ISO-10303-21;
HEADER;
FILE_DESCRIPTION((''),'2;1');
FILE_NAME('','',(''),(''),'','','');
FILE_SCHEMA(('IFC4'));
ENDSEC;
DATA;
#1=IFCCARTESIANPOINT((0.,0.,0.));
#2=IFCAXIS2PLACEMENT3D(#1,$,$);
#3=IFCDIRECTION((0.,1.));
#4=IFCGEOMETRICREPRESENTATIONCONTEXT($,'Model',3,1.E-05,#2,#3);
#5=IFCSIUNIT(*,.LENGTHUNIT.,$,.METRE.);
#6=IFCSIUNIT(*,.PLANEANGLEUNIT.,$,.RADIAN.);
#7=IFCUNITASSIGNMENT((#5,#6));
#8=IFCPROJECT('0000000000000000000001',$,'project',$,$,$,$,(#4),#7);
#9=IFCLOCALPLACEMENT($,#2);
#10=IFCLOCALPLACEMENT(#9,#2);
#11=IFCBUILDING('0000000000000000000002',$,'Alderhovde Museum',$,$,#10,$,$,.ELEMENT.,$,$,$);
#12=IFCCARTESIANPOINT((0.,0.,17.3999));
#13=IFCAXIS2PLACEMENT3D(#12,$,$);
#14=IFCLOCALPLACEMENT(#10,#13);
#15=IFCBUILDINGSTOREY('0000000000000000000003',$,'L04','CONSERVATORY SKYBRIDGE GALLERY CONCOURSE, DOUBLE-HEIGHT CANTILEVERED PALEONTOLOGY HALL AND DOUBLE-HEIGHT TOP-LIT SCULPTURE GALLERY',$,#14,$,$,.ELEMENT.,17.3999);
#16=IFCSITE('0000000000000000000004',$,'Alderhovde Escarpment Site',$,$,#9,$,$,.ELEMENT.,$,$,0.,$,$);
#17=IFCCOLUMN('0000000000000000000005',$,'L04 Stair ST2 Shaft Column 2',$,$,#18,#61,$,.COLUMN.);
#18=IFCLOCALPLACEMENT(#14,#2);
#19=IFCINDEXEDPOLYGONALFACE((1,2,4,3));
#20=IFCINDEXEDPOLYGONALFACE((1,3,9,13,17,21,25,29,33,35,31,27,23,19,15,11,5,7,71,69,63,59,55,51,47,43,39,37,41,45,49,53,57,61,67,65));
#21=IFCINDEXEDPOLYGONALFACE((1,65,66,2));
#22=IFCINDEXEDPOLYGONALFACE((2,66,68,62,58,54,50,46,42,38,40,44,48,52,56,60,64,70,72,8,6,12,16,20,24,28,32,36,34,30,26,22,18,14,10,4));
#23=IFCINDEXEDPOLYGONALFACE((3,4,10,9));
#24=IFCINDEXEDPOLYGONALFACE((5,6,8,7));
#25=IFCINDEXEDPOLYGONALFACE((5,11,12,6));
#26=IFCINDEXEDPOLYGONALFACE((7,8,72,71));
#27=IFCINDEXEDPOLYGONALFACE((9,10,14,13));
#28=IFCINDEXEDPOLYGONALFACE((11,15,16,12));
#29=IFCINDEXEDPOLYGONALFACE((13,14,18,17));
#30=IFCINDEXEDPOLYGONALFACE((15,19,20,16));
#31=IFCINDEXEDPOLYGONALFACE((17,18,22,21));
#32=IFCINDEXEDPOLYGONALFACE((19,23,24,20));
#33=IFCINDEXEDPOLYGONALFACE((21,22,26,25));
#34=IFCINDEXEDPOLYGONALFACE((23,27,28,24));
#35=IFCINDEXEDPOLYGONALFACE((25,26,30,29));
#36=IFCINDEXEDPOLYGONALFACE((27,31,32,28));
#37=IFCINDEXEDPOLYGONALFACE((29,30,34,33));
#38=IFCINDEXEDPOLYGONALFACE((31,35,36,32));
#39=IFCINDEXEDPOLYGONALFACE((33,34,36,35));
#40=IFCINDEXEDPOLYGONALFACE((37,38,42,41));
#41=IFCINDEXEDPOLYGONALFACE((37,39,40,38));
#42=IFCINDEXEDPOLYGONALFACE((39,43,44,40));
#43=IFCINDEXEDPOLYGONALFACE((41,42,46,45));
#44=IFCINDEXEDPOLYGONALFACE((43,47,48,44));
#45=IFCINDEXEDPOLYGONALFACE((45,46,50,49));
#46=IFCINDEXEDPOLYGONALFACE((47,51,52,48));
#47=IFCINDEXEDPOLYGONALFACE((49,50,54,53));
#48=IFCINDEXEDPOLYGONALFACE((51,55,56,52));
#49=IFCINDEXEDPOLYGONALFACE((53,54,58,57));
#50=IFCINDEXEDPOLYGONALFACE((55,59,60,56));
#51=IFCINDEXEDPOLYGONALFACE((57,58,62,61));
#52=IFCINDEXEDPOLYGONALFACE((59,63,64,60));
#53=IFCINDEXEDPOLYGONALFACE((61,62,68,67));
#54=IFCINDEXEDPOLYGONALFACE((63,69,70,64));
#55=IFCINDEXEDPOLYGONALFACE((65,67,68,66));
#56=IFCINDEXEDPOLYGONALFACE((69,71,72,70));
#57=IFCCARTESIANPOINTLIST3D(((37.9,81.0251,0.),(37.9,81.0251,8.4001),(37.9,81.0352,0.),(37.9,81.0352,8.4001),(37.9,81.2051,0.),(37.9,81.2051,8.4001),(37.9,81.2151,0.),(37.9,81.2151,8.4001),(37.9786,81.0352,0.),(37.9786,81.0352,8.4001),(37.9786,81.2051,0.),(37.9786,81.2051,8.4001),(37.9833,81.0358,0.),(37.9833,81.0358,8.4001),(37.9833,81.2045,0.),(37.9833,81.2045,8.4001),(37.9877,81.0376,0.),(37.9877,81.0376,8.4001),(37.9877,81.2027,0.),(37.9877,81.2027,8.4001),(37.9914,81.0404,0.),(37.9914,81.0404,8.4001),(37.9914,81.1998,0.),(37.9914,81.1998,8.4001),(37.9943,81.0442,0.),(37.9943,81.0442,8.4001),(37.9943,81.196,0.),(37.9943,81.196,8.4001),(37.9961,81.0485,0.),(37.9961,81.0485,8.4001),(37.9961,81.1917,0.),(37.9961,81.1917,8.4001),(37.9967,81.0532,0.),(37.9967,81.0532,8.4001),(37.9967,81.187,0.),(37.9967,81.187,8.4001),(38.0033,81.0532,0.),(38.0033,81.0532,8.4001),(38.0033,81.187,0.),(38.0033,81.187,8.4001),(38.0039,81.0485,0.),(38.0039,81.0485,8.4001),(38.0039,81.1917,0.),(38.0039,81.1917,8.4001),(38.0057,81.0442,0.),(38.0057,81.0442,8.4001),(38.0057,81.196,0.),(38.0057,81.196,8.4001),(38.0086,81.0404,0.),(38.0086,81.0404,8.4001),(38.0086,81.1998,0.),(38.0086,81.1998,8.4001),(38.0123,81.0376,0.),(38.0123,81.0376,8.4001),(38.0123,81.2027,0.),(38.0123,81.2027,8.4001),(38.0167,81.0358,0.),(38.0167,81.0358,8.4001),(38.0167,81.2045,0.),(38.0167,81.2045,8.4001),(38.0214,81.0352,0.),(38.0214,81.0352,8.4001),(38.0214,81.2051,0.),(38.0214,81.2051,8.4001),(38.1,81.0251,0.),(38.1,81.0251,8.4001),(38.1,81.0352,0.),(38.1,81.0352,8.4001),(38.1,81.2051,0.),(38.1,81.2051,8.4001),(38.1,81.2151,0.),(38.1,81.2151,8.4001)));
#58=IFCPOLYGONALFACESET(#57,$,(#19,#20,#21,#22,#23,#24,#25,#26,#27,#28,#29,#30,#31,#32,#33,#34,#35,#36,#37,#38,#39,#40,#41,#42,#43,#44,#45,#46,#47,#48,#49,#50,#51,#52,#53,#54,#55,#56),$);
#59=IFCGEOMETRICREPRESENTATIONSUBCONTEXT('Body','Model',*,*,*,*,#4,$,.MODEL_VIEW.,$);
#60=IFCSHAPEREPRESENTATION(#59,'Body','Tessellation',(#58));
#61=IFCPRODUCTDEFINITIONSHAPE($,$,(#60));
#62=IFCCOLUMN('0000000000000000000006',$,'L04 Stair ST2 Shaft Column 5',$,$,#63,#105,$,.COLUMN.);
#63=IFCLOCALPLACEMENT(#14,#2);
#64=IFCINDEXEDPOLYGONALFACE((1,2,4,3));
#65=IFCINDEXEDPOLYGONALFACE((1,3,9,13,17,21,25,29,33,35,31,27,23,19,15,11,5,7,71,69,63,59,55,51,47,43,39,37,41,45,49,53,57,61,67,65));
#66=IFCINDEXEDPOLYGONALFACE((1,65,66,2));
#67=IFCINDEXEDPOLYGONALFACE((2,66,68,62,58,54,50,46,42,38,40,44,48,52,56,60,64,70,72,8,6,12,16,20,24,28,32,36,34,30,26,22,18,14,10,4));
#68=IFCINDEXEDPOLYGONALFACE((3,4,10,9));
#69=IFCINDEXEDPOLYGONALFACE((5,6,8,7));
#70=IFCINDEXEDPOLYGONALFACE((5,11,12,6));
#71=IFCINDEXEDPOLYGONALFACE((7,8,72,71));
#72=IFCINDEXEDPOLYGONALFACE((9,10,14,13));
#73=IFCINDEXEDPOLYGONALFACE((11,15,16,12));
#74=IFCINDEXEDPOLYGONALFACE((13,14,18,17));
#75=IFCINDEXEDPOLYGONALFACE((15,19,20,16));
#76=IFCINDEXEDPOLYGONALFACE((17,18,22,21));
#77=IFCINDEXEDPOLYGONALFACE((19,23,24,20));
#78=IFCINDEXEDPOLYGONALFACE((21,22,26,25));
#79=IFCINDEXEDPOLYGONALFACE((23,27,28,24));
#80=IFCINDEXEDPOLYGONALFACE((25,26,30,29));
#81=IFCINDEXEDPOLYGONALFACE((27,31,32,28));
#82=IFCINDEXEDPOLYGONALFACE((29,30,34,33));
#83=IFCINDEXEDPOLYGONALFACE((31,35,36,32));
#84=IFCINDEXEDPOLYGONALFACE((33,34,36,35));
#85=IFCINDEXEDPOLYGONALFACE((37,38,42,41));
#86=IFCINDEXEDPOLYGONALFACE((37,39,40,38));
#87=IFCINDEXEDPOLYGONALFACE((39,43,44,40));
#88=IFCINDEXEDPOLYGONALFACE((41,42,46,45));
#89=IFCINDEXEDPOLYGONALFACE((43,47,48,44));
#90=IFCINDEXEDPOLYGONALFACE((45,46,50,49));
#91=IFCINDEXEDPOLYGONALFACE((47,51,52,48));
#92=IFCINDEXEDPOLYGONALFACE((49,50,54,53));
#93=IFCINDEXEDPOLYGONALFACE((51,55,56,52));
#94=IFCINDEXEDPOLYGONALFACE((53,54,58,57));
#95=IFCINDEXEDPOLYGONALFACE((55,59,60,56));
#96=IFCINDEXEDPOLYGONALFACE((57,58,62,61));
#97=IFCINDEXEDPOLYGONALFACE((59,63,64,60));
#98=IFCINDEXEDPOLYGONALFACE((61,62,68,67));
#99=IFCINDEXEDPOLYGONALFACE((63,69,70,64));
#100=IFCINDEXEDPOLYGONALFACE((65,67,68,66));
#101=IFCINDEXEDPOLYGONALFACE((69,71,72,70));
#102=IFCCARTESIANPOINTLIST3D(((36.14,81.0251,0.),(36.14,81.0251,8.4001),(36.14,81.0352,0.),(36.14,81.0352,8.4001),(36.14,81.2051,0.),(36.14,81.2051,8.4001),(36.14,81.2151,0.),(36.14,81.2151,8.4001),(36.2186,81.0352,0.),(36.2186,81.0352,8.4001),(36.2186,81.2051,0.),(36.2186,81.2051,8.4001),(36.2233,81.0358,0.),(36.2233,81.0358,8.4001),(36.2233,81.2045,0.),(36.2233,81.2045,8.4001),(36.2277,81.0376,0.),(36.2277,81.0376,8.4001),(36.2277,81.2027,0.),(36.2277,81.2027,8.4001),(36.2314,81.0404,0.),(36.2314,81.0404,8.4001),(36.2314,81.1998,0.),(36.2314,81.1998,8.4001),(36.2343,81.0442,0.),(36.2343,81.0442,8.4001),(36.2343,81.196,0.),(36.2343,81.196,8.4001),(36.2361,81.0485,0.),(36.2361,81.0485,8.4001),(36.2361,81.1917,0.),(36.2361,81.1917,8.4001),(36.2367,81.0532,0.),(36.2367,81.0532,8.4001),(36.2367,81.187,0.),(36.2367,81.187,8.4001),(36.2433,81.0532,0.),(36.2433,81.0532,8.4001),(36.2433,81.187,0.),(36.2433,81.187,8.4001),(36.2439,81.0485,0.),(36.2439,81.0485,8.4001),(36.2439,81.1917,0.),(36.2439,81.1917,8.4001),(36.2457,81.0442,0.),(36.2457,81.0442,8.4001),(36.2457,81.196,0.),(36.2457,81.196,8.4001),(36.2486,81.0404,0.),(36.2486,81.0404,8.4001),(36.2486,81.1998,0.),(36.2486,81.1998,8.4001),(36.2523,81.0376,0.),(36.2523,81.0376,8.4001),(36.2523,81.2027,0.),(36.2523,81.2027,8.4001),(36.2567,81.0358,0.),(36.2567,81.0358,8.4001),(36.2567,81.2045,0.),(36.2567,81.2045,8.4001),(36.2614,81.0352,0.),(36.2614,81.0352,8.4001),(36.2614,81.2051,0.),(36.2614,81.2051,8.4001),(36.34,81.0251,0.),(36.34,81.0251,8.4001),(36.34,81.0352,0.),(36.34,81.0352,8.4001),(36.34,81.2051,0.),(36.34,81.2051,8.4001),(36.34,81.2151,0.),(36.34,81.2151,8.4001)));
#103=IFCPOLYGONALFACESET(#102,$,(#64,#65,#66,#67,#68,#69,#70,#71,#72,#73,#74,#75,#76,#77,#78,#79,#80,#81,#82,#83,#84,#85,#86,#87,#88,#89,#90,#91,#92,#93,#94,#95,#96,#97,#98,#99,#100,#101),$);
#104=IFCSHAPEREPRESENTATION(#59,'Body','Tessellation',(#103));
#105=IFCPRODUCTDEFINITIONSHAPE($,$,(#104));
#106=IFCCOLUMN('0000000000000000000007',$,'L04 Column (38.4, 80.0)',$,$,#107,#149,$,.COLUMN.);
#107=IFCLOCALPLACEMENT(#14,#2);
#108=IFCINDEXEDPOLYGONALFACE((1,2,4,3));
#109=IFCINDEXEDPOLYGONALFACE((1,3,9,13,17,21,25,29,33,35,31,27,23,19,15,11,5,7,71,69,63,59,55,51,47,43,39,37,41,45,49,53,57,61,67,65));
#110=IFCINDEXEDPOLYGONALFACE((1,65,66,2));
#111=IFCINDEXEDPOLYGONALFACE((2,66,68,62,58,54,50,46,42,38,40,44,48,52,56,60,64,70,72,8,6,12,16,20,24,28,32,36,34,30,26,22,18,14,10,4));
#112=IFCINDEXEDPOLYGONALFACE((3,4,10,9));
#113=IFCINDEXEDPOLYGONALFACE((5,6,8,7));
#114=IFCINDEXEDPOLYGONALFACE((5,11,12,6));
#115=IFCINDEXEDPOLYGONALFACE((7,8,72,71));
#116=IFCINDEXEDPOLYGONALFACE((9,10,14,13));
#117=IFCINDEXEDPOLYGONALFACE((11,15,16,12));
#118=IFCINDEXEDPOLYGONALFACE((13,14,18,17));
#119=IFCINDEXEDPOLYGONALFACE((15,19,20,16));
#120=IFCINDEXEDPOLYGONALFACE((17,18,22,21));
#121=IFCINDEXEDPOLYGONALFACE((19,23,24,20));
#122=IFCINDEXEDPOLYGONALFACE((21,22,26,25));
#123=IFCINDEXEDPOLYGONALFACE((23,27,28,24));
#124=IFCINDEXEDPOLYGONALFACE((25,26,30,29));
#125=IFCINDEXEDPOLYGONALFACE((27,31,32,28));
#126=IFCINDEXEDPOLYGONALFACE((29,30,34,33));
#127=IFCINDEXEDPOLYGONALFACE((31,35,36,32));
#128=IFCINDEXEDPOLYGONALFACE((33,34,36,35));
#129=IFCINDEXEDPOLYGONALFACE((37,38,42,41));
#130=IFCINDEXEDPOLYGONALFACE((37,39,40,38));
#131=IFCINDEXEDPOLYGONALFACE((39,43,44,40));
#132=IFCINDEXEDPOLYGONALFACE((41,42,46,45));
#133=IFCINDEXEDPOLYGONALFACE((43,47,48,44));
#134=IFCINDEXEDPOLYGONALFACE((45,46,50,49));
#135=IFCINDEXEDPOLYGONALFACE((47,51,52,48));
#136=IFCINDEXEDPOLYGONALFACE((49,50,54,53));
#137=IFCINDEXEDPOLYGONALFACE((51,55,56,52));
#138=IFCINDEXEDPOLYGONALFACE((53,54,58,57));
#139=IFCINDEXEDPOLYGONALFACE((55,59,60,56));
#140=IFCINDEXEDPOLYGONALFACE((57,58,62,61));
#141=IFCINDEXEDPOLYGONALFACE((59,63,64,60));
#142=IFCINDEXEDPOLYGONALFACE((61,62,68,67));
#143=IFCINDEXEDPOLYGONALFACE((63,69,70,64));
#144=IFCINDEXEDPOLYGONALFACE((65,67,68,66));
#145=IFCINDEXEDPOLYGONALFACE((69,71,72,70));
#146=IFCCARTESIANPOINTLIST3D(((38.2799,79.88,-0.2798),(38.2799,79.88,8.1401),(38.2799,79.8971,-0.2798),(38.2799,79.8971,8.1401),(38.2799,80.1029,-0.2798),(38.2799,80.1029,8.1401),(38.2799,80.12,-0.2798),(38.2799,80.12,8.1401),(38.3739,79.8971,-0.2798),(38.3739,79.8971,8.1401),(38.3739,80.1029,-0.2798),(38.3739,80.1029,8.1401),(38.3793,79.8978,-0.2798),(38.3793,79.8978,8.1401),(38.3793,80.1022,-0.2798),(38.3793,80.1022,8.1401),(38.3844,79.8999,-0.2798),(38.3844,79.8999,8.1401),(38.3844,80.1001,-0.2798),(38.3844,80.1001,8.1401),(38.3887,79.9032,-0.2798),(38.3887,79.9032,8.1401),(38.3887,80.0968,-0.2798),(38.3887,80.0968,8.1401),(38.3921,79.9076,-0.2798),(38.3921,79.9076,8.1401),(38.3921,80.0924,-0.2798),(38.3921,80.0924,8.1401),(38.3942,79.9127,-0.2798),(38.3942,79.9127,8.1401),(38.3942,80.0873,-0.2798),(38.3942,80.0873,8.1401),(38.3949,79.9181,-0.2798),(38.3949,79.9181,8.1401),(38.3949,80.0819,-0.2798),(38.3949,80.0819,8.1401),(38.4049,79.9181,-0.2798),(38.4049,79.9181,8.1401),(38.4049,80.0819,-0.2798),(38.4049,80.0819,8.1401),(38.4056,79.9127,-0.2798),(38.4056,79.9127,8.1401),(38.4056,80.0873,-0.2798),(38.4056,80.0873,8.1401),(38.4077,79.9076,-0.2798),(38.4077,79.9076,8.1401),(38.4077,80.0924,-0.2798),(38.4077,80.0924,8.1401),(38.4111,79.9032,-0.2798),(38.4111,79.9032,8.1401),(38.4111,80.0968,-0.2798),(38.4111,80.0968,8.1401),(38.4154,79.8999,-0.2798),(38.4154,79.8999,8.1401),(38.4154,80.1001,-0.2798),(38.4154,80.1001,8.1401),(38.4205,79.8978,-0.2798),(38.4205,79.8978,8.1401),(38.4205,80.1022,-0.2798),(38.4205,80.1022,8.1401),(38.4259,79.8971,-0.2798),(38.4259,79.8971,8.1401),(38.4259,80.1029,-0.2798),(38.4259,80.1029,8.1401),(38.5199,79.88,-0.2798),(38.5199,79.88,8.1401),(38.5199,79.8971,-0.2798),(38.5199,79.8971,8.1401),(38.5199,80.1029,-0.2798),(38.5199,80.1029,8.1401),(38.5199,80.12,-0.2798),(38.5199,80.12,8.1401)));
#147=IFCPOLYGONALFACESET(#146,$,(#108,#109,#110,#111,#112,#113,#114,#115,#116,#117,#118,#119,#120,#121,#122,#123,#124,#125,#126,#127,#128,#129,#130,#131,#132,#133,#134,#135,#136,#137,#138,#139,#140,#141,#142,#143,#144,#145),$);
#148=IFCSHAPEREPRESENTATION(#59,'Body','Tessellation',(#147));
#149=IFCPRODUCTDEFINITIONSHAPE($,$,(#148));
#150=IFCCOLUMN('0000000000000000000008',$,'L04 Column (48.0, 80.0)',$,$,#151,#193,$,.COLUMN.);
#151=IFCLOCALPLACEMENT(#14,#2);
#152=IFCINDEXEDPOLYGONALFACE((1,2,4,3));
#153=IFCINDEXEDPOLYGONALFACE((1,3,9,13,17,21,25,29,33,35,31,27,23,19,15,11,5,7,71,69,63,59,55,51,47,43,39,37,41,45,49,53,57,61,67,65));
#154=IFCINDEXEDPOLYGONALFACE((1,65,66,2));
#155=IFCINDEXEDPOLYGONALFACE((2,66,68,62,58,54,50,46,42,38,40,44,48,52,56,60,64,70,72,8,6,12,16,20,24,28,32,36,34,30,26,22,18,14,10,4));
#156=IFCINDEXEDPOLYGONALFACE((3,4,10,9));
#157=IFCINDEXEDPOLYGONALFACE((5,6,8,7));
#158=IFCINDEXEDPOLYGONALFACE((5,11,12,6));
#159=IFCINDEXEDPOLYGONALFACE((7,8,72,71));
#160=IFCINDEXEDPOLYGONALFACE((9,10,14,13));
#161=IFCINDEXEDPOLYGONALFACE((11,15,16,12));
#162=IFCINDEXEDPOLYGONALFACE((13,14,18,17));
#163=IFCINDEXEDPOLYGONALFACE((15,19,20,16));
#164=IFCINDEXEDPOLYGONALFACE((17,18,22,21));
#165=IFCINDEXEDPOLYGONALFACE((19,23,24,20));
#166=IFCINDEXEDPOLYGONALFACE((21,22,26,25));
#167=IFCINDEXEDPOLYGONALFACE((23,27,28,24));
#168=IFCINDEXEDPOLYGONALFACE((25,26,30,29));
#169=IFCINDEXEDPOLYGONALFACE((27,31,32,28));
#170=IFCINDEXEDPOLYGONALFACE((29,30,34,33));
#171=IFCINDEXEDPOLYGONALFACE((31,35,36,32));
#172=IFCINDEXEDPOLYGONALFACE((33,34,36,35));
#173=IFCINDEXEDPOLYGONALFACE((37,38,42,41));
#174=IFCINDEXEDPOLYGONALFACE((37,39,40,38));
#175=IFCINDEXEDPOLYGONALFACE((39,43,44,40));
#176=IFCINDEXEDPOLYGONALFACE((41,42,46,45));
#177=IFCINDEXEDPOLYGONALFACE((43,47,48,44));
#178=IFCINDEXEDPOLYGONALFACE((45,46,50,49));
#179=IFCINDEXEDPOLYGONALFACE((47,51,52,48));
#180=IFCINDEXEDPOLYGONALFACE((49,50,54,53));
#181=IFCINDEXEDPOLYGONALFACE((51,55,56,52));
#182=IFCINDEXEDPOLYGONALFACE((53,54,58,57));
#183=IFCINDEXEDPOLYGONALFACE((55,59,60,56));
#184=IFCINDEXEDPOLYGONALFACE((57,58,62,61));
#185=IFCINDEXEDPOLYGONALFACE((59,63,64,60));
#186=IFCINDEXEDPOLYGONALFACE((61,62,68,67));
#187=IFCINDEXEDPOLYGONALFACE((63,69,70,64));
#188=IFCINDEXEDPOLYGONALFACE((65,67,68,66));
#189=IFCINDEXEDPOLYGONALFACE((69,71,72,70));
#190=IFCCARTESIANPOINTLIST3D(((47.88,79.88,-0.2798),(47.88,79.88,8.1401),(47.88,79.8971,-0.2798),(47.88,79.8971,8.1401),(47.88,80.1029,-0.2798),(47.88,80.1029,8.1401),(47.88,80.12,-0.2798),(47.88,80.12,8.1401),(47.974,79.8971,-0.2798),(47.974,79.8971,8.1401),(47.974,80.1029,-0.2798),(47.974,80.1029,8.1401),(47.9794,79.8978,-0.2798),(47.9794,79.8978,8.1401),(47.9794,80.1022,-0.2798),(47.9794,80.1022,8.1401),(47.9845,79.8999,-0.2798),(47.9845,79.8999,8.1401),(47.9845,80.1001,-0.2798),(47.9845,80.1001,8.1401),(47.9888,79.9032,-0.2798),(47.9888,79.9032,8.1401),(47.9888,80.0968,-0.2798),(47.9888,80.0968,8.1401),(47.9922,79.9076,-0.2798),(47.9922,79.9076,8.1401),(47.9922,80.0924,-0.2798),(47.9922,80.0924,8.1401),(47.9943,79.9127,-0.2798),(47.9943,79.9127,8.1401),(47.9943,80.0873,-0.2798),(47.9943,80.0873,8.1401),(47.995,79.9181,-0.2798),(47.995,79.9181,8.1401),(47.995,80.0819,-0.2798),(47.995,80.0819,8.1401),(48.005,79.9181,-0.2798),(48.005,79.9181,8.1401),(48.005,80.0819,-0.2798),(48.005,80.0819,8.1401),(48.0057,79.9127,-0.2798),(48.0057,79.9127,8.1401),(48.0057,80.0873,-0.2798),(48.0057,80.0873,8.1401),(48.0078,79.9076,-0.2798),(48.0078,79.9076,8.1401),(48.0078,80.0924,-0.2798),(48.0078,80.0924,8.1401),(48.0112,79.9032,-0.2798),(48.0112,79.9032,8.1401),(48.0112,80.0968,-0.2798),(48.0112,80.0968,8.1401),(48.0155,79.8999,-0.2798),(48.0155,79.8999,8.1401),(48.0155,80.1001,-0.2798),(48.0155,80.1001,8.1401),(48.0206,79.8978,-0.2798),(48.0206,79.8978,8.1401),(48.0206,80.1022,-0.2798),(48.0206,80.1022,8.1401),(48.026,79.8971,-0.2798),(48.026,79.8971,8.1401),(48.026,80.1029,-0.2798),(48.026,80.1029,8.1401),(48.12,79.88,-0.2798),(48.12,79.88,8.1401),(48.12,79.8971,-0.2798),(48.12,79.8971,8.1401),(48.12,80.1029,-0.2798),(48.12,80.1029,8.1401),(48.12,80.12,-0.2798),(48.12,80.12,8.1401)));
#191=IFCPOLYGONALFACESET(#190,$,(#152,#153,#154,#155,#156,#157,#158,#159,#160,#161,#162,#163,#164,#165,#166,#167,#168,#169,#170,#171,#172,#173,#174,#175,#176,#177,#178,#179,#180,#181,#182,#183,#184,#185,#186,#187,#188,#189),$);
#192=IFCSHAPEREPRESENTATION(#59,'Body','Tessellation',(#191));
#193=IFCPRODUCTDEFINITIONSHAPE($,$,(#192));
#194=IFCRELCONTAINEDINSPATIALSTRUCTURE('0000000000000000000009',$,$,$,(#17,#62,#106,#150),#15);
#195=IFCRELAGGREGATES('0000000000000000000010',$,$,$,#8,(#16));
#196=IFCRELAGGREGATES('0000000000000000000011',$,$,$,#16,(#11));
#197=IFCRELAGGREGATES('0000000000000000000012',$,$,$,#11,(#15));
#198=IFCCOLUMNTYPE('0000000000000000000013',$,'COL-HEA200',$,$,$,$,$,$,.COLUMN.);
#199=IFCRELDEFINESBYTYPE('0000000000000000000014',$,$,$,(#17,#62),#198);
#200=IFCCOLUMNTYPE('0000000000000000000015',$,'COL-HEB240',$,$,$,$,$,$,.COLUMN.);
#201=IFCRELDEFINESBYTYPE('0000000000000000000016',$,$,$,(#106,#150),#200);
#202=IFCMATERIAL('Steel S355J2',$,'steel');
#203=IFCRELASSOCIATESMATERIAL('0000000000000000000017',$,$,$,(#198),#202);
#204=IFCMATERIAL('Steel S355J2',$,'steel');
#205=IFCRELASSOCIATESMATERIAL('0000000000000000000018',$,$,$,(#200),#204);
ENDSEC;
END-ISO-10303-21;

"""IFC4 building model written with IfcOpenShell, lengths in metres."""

from ifc_helpers import new_model, si_unit, direction, frame, origin, origin_2d, place, context, subcontext, project, spatial, i_section, extrude, material, material_profile, profile_set, type_object, element, save


model = new_model("IFC4")

# Units and contexts
model_context = context("Model", 3, precision=1e-05, world=origin(), true_north=direction((0.0, 1.0)))
body_context = subcontext(model_context, "Body", "Model", "MODEL_VIEW")
ifc_project = project(units=[si_unit("LENGTHUNIT", "METRE"), si_unit("PLANEANGLEUNIT", "RADIAN")], contexts=[model_context])

# Site, building, storey
site_placement = place(None, origin())
site = spatial("IfcSite", under=ifc_project, at=site_placement, Name="Alderhovde Escarpment Site", CompositionType="ELEMENT", RefElevation=0.0)
building_placement = place(site_placement, origin())
building = spatial("IfcBuilding", under=site, at=building_placement, Name="Alderhovde Museum", CompositionType="ELEMENT")
storey_placement = place(building_placement, frame((0.0, 0.0, 17.3999)))
storey = spatial("IfcBuildingStorey", under=building, at=storey_placement, Name="L04", Description="CONSERVATORY SKYBRIDGE GALLERY CONCOURSE, DOUBLE-HEIGHT CANTILEVERED PALEONTOLOGY HALL AND DOUBLE-HEIGHT TOP-LIT SCULPTURE GALLERY", CompositionType="ELEMENT", Elevation=17.3999)

# Columns
ifc_material_1 = material(Name="Steel S355J2", Category="steel")
ifc_material_profile_1 = material_profile(ifc_material_1, i_section(OverallWidth=0.2, OverallDepth=0.1899, WebThickness=0.0066, FlangeThickness=0.01, FilletRadius=0.0181, at=origin_2d()), Name="HEA 200")
ifc_profile_set_1 = profile_set([ifc_material_profile_1], Name="Steel S355J2")
column_type_1 = type_object("IfcColumnType", Name="COL-HEA200", PredefinedType="COLUMN", material=ifc_profile_set_1)
for number, where, z_axis, x_axis, name in (
    (1, (38.0, 81.1201, 0.0), (0.0, 0.0, 1.0), (1.0, 0.0, 0.0), "L04 Stair ST2 Shaft Column 2"),
    (2, (36.24, 81.1201, 0.0), (0.0, 0.0, 1.0), (1.0, 0.0, 0.0), "L04 Stair ST2 Shaft Column 5"),
):
    element("IfcColumn", number, at=place(storey_placement, frame(where, z_axis=z_axis, x_axis=x_axis)), inside=storey, type_object=column_type_1, Name=name, PredefinedType="COLUMN", context=body_context, shape_type="SweptSolid", body=[
        extrude(i_section(OverallWidth=0.2, OverallDepth=0.1899, WebThickness=0.0066, FlangeThickness=0.01, FilletRadius=0.0181, at=origin_2d()), origin(), (0.0, 0.0, 1.0), 8.4001),
    ])
ifc_material_2 = material(Name="Steel S355J2", Category="steel")
ifc_material_profile_2 = material_profile(ifc_material_2, i_section(OverallWidth=0.24, OverallDepth=0.24, WebThickness=0.01, FlangeThickness=0.0171, FilletRadius=0.021, at=origin_2d()), Name="HEB 240")
ifc_profile_set_2 = profile_set([ifc_material_profile_2], Name="Steel S355J2")
column_type_2 = type_object("IfcColumnType", Name="COL-HEB240", PredefinedType="COLUMN", material=ifc_profile_set_2)
for number, where, z_axis, x_axis, name in (
    (3, (38.3999, 80.0, -0.2798), (0.0, 0.0, 1.0), (1.0, 0.0, 0.0), "L04 Column (38.4, 80.0)"),
    (4, (48.0, 80.0, -0.2798), (0.0, 0.0, 1.0), (1.0, 0.0, 0.0), "L04 Column (48.0, 80.0)"),
):
    element("IfcColumn", number, at=place(storey_placement, frame(where, z_axis=z_axis, x_axis=x_axis)), inside=storey, type_object=column_type_2, Name=name, PredefinedType="COLUMN", context=body_context, shape_type="SweptSolid", body=[
        extrude(i_section(OverallWidth=0.24, OverallDepth=0.24, WebThickness=0.01, FlangeThickness=0.0171, FilletRadius=0.021, at=origin_2d()), origin(), (0.0, 0.0, 1.0), 8.4199),
    ])

save(model, "model.ifc")
